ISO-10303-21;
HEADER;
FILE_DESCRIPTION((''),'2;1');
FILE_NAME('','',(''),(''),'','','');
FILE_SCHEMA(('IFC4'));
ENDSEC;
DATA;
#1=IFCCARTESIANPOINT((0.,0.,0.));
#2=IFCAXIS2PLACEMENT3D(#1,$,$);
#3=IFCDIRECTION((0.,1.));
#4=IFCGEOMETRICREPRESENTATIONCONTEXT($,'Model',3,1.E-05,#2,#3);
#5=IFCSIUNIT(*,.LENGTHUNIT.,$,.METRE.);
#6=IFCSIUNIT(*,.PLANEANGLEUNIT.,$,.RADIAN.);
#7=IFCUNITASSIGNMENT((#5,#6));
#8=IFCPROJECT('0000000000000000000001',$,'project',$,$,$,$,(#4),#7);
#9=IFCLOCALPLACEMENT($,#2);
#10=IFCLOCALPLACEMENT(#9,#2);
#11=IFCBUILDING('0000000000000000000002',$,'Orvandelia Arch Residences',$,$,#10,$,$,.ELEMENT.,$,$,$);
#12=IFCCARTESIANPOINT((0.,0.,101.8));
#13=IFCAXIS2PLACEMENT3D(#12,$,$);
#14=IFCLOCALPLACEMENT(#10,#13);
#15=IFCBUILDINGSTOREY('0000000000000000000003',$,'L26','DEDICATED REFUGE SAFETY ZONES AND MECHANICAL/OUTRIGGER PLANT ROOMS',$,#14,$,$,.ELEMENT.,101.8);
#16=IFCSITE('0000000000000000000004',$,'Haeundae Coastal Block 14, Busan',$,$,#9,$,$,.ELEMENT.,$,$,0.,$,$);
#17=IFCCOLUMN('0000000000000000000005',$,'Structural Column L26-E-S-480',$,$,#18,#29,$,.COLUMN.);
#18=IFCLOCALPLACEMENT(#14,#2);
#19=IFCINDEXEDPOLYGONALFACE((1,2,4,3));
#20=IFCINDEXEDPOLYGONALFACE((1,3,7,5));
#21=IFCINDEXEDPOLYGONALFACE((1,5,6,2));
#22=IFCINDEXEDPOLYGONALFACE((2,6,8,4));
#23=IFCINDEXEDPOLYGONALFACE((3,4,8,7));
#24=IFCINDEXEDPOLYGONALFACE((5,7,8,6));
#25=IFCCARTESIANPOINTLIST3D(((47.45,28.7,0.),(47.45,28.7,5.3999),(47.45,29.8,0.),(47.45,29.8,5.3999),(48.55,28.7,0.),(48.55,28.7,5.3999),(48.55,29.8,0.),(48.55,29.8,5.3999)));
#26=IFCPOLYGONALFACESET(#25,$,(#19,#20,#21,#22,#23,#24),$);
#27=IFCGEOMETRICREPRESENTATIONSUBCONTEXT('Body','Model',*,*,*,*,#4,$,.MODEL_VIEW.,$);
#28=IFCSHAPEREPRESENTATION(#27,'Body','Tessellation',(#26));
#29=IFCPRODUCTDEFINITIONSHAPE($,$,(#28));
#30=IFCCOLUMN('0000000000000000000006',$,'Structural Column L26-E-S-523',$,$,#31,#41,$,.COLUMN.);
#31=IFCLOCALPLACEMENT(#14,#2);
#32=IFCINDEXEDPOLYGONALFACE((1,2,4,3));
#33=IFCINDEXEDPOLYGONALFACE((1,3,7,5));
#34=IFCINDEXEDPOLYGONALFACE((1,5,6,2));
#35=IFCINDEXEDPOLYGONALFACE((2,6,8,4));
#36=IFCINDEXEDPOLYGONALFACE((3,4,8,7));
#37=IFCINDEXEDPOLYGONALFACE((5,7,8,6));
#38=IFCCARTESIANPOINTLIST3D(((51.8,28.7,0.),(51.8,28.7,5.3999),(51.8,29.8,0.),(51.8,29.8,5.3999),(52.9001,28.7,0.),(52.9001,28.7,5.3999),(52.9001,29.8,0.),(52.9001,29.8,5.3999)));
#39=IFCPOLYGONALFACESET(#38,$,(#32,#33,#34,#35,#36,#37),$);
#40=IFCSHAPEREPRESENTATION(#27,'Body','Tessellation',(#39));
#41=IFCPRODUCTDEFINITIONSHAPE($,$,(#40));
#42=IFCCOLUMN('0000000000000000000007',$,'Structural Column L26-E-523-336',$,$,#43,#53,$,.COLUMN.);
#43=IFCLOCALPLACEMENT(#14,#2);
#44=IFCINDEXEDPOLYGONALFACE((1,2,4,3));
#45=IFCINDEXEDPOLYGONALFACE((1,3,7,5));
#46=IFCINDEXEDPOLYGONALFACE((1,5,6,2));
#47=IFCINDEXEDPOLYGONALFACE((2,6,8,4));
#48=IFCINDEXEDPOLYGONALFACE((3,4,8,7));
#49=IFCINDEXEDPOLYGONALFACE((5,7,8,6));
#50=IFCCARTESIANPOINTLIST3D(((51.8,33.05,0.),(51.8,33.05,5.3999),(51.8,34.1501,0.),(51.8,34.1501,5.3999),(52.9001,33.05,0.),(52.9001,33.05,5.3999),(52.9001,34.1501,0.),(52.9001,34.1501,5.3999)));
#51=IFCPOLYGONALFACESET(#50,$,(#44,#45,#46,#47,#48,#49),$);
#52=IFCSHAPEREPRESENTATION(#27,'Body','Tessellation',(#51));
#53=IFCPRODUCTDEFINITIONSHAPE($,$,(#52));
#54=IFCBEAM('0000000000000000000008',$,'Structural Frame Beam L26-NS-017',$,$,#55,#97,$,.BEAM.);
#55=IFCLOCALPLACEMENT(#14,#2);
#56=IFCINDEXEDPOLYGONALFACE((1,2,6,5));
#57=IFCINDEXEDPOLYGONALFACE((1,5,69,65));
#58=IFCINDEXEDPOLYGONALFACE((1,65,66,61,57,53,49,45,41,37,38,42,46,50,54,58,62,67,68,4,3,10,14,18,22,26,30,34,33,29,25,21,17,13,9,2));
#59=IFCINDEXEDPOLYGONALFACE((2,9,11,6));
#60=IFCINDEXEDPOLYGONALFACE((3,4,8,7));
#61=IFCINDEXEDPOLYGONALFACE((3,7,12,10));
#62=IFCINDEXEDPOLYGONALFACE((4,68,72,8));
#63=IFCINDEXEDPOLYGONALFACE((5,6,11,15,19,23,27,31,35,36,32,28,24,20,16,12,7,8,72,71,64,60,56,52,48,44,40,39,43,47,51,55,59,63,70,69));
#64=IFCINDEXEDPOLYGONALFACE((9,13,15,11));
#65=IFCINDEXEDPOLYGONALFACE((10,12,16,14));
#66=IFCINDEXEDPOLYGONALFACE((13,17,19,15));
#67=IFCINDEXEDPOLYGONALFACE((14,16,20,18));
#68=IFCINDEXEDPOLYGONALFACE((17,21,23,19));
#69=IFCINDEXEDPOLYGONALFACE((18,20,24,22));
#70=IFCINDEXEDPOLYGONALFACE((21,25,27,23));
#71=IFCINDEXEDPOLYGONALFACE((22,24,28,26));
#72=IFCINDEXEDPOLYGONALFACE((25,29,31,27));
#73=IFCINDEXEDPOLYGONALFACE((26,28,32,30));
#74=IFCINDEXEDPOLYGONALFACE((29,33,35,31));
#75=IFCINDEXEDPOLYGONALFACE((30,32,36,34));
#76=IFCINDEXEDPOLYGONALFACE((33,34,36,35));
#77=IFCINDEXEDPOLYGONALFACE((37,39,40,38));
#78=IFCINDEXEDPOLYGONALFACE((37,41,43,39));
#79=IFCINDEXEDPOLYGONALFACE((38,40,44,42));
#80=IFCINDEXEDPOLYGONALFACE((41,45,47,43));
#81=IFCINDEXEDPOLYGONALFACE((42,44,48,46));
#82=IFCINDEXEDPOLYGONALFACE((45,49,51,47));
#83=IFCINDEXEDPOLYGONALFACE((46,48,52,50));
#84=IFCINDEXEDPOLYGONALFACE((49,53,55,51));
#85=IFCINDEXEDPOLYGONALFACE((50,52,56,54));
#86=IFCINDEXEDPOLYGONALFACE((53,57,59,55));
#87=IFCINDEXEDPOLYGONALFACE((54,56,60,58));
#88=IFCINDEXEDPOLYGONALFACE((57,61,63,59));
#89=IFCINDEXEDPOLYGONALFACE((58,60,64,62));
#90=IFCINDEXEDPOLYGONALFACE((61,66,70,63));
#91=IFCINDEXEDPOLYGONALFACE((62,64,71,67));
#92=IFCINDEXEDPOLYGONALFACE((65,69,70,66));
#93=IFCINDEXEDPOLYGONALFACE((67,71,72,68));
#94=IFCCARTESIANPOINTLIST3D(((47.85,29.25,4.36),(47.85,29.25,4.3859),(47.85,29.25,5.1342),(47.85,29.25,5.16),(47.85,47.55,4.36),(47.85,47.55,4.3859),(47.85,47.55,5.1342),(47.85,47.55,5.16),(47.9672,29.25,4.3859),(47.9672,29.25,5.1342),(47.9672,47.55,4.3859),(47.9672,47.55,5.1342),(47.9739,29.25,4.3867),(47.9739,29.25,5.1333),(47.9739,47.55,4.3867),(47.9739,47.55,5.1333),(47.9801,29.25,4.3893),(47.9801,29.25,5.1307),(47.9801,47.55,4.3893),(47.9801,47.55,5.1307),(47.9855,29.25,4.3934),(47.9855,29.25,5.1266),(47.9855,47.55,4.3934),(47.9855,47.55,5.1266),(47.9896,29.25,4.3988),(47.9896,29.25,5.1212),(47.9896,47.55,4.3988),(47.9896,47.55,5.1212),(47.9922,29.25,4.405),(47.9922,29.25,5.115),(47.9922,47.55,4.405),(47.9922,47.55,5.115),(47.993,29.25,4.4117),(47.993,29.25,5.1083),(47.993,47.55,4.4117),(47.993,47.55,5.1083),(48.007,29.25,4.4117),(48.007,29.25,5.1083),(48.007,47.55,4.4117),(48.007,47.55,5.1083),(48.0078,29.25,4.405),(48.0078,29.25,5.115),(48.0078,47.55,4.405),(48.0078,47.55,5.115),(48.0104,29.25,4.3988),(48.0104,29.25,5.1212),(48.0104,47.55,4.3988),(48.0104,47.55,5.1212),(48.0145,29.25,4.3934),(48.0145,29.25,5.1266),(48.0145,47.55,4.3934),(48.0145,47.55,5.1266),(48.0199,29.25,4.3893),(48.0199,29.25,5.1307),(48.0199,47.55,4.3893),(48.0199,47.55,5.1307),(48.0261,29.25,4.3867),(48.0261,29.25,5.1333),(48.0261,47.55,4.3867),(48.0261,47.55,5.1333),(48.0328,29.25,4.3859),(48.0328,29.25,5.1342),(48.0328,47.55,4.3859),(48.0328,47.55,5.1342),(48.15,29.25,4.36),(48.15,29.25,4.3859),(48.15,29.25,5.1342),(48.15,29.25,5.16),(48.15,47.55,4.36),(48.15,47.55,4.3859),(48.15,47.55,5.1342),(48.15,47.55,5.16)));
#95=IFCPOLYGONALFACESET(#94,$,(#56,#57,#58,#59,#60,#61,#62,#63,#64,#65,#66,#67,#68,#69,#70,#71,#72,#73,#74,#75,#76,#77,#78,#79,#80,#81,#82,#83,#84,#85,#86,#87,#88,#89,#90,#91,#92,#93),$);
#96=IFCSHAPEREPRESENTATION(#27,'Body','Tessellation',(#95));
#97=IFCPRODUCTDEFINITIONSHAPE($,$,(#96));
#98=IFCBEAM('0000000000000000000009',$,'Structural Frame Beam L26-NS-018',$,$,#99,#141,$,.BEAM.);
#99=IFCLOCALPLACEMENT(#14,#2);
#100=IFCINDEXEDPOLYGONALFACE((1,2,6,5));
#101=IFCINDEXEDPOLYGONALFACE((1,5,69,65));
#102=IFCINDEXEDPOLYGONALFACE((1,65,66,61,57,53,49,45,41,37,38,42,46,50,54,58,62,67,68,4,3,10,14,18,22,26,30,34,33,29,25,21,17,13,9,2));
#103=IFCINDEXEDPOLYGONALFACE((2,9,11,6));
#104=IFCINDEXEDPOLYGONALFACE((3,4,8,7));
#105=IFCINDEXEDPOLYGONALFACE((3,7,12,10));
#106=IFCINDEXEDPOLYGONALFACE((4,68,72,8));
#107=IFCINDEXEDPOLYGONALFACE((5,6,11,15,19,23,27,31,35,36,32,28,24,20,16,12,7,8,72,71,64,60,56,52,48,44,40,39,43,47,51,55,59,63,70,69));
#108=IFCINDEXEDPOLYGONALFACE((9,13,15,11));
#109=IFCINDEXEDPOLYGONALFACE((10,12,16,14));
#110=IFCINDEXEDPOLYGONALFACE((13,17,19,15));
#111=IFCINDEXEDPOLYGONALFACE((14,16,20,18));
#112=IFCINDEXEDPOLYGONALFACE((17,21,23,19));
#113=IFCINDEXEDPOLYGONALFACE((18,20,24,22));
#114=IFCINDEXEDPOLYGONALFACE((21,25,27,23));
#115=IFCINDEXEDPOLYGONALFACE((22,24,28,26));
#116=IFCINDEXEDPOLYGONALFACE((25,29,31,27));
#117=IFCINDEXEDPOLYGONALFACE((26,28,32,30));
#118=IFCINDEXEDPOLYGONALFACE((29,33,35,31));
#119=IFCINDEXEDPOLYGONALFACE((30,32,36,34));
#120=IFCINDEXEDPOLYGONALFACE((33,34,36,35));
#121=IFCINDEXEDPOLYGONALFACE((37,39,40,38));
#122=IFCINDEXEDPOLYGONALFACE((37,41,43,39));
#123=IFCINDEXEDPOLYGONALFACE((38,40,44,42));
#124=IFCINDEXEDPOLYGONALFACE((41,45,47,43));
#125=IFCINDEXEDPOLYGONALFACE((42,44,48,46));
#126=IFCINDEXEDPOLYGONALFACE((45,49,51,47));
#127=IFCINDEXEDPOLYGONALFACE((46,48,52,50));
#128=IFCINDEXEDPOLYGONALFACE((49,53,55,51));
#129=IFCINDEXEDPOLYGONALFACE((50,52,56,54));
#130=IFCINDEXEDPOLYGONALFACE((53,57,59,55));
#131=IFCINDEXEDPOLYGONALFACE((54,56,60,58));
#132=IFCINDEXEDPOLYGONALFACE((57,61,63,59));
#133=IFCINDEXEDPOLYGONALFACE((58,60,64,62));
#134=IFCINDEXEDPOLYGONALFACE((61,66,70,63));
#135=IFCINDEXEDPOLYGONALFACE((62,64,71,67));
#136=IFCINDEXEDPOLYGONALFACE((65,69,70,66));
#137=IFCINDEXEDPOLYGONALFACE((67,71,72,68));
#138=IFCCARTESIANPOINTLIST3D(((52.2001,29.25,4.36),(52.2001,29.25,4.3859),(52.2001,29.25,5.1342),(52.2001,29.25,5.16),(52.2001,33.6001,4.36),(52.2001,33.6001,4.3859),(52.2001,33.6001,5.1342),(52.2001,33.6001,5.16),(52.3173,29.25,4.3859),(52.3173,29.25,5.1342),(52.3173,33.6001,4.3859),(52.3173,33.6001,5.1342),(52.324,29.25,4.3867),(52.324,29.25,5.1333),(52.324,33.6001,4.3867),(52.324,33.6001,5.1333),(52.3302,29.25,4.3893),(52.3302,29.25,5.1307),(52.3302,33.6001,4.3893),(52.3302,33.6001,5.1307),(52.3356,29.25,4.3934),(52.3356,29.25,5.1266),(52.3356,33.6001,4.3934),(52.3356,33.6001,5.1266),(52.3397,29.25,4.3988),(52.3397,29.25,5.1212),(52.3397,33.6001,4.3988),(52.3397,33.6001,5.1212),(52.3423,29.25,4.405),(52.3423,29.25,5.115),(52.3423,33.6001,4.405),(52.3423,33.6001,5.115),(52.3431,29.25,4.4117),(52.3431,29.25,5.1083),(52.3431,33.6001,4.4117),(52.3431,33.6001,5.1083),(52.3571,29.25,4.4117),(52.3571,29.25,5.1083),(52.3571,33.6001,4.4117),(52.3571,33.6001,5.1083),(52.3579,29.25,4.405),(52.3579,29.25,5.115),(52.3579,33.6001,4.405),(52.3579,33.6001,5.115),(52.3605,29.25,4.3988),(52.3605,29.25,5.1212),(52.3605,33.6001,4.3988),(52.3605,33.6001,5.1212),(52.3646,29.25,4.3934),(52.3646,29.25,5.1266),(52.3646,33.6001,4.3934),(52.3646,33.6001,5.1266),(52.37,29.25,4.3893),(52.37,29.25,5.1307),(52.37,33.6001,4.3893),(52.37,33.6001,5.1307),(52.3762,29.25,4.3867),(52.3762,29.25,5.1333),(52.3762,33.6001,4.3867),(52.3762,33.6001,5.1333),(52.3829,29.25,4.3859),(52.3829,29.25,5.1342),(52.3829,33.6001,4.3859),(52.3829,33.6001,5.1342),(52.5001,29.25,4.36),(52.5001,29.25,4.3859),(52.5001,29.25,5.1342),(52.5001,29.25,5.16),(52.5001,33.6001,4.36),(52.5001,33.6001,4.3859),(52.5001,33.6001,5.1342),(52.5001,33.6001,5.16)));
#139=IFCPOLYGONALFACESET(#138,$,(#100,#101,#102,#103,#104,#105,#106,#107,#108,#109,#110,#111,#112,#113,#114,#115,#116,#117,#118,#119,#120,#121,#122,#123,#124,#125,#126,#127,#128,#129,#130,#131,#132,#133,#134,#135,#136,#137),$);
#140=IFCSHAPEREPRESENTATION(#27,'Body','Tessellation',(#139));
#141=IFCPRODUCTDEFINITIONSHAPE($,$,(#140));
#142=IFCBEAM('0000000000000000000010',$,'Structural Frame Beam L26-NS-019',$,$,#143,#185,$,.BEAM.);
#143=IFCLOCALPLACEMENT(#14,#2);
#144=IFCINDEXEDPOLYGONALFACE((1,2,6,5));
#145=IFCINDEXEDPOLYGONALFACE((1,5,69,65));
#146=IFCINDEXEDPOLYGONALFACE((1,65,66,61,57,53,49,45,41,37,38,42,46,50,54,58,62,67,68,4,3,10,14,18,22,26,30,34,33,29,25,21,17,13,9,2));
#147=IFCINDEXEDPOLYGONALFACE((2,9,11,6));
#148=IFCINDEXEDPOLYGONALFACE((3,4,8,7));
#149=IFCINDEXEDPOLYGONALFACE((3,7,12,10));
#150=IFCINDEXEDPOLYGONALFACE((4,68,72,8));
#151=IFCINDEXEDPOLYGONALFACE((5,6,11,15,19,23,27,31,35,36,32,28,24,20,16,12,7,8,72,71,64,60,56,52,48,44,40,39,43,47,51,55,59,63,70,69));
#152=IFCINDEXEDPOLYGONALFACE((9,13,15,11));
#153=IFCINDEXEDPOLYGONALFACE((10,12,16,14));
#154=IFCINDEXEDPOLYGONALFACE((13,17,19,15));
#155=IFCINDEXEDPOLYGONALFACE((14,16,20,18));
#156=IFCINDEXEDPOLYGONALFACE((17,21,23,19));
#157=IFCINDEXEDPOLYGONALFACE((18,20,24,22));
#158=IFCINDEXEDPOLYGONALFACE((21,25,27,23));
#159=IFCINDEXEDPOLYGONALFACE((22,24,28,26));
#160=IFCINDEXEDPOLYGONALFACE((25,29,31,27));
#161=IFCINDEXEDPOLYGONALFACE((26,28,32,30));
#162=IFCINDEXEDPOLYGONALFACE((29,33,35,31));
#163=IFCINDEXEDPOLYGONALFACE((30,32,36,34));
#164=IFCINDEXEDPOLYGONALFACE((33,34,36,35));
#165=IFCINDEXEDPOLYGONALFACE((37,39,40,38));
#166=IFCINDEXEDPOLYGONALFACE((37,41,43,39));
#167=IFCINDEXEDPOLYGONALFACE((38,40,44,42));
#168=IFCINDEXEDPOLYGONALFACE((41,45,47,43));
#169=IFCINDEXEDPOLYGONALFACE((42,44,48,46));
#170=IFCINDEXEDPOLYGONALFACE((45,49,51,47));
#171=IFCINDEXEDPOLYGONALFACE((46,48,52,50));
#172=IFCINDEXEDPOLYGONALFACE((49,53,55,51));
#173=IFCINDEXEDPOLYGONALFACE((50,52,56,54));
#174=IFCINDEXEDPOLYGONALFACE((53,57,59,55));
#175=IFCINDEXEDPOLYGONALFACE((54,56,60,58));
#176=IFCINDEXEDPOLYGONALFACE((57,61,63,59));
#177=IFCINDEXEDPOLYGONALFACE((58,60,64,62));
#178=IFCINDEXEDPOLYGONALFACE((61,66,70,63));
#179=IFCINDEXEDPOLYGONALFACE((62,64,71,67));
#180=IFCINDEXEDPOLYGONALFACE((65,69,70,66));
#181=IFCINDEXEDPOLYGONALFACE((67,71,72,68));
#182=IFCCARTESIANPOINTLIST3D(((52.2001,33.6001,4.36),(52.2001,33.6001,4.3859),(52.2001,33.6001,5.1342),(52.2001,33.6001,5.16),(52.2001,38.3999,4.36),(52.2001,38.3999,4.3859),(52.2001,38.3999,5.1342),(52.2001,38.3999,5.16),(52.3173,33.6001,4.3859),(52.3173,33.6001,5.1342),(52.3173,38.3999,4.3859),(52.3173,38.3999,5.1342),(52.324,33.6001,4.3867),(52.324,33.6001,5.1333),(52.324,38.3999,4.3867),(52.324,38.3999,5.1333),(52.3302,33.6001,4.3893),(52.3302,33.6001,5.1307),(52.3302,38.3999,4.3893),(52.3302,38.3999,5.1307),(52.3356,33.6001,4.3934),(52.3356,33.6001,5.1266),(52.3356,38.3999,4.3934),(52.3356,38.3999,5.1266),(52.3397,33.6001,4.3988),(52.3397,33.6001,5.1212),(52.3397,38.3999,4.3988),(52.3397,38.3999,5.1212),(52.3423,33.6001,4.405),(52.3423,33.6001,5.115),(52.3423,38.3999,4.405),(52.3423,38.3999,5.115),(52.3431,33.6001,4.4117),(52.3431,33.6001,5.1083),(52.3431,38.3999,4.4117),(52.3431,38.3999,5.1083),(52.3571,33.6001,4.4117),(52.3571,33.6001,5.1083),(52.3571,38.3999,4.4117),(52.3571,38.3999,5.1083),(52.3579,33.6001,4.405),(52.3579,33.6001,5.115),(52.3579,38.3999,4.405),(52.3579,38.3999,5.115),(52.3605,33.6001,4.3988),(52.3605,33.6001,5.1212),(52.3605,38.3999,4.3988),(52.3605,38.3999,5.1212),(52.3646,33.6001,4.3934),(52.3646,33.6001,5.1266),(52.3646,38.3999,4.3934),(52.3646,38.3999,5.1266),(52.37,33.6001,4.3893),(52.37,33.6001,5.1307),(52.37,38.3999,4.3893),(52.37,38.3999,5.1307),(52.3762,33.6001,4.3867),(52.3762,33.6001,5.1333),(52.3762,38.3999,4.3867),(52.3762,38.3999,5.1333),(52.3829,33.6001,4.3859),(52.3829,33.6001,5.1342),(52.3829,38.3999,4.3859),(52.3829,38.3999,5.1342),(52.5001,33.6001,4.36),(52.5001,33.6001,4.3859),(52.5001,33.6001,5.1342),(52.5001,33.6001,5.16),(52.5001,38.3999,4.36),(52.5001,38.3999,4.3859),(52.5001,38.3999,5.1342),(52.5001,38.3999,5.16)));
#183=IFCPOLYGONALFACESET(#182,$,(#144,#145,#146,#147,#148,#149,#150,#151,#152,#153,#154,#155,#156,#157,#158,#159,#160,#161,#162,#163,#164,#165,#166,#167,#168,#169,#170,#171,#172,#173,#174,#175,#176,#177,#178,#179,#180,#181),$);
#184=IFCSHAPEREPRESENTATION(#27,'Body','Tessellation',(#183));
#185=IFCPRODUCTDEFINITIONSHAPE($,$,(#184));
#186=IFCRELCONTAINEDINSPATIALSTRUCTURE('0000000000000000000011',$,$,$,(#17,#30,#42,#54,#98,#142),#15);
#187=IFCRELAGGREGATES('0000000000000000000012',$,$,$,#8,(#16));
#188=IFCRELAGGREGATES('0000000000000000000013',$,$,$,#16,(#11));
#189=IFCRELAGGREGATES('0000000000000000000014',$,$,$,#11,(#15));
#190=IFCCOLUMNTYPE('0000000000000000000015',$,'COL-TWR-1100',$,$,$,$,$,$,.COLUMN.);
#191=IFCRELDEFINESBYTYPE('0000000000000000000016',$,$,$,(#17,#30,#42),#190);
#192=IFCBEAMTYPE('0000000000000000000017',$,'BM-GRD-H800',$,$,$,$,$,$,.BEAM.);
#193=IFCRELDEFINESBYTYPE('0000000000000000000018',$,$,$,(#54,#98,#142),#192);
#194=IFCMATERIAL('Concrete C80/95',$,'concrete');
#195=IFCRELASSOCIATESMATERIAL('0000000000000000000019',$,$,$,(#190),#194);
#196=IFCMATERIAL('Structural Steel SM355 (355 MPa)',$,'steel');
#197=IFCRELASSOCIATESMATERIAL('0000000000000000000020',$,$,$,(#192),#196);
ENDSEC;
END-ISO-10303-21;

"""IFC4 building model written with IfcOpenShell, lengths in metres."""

from ifc_helpers import new_model, si_unit, direction, frame, origin, origin_2d, place, context, subcontext, project, spatial, rectangle, i_section, extrude, material, material_profile, profile_set, type_object, element, save


model = new_model("IFC4")

# Units and contexts
model_context = context("Model", 3, precision=1e-05, world=origin(), true_north=direction((0.0, 1.0)))
body_context = subcontext(model_context, "Body", "Model", "MODEL_VIEW")
ifc_project = project(units=[si_unit("LENGTHUNIT", "METRE"), si_unit("PLANEANGLEUNIT", "RADIAN")], contexts=[model_context])

# Site, building, storey
site_placement = place(None, origin())
site = spatial("IfcSite", under=ifc_project, at=site_placement, Name="Haeundae Coastal Block 14, Busan", CompositionType="ELEMENT", RefElevation=0.0)
building_placement = place(site_placement, origin())
building = spatial("IfcBuilding", under=site, at=building_placement, Name="Orvandelia Arch Residences", CompositionType="ELEMENT")
storey_placement = place(building_placement, frame((0.0, 0.0, 101.8)))
storey = spatial("IfcBuildingStorey", under=building, at=storey_placement, Name="L26", Description="DEDICATED REFUGE SAFETY ZONES AND MECHANICAL/OUTRIGGER PLANT ROOMS", CompositionType="ELEMENT", Elevation=101.8)

# Columns
ifc_material_1 = material(Name="Concrete C80/95", Category="concrete")
ifc_material_profile_1 = material_profile(ifc_material_1, rectangle(XDim=1.1001, YDim=1.1001, at=origin_2d()), Name="Concrete C80/95", Category="concrete")
ifc_profile_set_1 = profile_set([ifc_material_profile_1], Name="Concrete C80/95")
column_type = type_object("IfcColumnType", Name="COL-TWR-1100", PredefinedType="COLUMN", material=ifc_profile_set_1)
for number, where, z_axis, x_axis, name in (
    (1, (48.0, 29.25, 0.0), (0.0, 0.0, 1.0), (1.0, 0.0, 0.0), "Structural Column L26-E-S-480"),
    (2, (52.3501, 29.25, 0.0), (0.0, 0.0, 1.0), (1.0, 0.0, 0.0), "Structural Column L26-E-S-523"),
    (3, (52.3501, 33.6001, 0.0), (0.0, 0.0, 1.0), (1.0, 0.0, 0.0), "Structural Column L26-E-523-336"),
):
    element("IfcColumn", number, at=place(storey_placement, frame(where, z_axis=z_axis, x_axis=x_axis)), inside=storey, type_object=column_type, Name=name, PredefinedType="COLUMN", context=body_context, shape_type="SweptSolid", body=[
        extrude(rectangle(XDim=1.1001, YDim=1.1001, at=origin_2d()), origin(), (0.0, 0.0, 1.0), 5.3999),
    ])

# Beams
ifc_material_2 = material(Name="Structural Steel SM355 (355 MPa)", Category="steel")
ifc_material_profile_2 = material_profile(ifc_material_2, i_section(OverallWidth=0.3, OverallDepth=0.8, WebThickness=0.0139, FlangeThickness=0.0259, FilletRadius=0.0259, at=origin_2d()), Name="Structural Steel SM355 (355 MPa)", Category="steel")
ifc_profile_set_2 = profile_set([ifc_material_profile_2], Name="Structural Steel SM355 (355 MPa)")
beam_type = type_object("IfcBeamType", Name="BM-GRD-H800", PredefinedType="BEAM", material=ifc_profile_set_2)
beam_1_placement = place(storey_placement, frame((48.0, 29.25, 4.76), z_axis=(0.0, 1.0, 0.0), x_axis=(-1.0, 0.0, 0.0)))
element("IfcBeam", 4, at=beam_1_placement, inside=storey, type_object=beam_type, Name="Structural Frame Beam L26-NS-017", PredefinedType="BEAM", context=body_context, shape_type="SweptSolid", body=[
    extrude(i_section(OverallWidth=0.3, OverallDepth=0.8, WebThickness=0.0139, FlangeThickness=0.0259, FilletRadius=0.0259, at=origin_2d()), origin(), (0.0, 0.0, 1.0), 18.3),
])
beam_2_placement = place(storey_placement, frame((52.3501, 29.25, 4.76), z_axis=(0.0, 1.0, 0.0), x_axis=(-1.0, 0.0, 0.0)))
element("IfcBeam", 5, at=beam_2_placement, inside=storey, type_object=beam_type, Name="Structural Frame Beam L26-NS-018", PredefinedType="BEAM", context=body_context, shape_type="SweptSolid", body=[
    extrude(i_section(OverallWidth=0.3, OverallDepth=0.8, WebThickness=0.0139, FlangeThickness=0.0259, FilletRadius=0.0259, at=origin_2d()), origin(), (0.0, 0.0, 1.0), 4.3501),
])
beam_3_placement = place(storey_placement, frame((52.3501, 33.6001, 4.76), z_axis=(0.0, 1.0, 0.0), x_axis=(-1.0, 0.0, 0.0)))
element("IfcBeam", 6, at=beam_3_placement, inside=storey, type_object=beam_type, Name="Structural Frame Beam L26-NS-019", PredefinedType="BEAM", context=body_context, shape_type="SweptSolid", body=[
    extrude(i_section(OverallWidth=0.3, OverallDepth=0.8, WebThickness=0.0139, FlangeThickness=0.0259, FilletRadius=0.0259, at=origin_2d()), origin(), (0.0, 0.0, 1.0), 4.7998),
])

save(model, "model.ifc")
